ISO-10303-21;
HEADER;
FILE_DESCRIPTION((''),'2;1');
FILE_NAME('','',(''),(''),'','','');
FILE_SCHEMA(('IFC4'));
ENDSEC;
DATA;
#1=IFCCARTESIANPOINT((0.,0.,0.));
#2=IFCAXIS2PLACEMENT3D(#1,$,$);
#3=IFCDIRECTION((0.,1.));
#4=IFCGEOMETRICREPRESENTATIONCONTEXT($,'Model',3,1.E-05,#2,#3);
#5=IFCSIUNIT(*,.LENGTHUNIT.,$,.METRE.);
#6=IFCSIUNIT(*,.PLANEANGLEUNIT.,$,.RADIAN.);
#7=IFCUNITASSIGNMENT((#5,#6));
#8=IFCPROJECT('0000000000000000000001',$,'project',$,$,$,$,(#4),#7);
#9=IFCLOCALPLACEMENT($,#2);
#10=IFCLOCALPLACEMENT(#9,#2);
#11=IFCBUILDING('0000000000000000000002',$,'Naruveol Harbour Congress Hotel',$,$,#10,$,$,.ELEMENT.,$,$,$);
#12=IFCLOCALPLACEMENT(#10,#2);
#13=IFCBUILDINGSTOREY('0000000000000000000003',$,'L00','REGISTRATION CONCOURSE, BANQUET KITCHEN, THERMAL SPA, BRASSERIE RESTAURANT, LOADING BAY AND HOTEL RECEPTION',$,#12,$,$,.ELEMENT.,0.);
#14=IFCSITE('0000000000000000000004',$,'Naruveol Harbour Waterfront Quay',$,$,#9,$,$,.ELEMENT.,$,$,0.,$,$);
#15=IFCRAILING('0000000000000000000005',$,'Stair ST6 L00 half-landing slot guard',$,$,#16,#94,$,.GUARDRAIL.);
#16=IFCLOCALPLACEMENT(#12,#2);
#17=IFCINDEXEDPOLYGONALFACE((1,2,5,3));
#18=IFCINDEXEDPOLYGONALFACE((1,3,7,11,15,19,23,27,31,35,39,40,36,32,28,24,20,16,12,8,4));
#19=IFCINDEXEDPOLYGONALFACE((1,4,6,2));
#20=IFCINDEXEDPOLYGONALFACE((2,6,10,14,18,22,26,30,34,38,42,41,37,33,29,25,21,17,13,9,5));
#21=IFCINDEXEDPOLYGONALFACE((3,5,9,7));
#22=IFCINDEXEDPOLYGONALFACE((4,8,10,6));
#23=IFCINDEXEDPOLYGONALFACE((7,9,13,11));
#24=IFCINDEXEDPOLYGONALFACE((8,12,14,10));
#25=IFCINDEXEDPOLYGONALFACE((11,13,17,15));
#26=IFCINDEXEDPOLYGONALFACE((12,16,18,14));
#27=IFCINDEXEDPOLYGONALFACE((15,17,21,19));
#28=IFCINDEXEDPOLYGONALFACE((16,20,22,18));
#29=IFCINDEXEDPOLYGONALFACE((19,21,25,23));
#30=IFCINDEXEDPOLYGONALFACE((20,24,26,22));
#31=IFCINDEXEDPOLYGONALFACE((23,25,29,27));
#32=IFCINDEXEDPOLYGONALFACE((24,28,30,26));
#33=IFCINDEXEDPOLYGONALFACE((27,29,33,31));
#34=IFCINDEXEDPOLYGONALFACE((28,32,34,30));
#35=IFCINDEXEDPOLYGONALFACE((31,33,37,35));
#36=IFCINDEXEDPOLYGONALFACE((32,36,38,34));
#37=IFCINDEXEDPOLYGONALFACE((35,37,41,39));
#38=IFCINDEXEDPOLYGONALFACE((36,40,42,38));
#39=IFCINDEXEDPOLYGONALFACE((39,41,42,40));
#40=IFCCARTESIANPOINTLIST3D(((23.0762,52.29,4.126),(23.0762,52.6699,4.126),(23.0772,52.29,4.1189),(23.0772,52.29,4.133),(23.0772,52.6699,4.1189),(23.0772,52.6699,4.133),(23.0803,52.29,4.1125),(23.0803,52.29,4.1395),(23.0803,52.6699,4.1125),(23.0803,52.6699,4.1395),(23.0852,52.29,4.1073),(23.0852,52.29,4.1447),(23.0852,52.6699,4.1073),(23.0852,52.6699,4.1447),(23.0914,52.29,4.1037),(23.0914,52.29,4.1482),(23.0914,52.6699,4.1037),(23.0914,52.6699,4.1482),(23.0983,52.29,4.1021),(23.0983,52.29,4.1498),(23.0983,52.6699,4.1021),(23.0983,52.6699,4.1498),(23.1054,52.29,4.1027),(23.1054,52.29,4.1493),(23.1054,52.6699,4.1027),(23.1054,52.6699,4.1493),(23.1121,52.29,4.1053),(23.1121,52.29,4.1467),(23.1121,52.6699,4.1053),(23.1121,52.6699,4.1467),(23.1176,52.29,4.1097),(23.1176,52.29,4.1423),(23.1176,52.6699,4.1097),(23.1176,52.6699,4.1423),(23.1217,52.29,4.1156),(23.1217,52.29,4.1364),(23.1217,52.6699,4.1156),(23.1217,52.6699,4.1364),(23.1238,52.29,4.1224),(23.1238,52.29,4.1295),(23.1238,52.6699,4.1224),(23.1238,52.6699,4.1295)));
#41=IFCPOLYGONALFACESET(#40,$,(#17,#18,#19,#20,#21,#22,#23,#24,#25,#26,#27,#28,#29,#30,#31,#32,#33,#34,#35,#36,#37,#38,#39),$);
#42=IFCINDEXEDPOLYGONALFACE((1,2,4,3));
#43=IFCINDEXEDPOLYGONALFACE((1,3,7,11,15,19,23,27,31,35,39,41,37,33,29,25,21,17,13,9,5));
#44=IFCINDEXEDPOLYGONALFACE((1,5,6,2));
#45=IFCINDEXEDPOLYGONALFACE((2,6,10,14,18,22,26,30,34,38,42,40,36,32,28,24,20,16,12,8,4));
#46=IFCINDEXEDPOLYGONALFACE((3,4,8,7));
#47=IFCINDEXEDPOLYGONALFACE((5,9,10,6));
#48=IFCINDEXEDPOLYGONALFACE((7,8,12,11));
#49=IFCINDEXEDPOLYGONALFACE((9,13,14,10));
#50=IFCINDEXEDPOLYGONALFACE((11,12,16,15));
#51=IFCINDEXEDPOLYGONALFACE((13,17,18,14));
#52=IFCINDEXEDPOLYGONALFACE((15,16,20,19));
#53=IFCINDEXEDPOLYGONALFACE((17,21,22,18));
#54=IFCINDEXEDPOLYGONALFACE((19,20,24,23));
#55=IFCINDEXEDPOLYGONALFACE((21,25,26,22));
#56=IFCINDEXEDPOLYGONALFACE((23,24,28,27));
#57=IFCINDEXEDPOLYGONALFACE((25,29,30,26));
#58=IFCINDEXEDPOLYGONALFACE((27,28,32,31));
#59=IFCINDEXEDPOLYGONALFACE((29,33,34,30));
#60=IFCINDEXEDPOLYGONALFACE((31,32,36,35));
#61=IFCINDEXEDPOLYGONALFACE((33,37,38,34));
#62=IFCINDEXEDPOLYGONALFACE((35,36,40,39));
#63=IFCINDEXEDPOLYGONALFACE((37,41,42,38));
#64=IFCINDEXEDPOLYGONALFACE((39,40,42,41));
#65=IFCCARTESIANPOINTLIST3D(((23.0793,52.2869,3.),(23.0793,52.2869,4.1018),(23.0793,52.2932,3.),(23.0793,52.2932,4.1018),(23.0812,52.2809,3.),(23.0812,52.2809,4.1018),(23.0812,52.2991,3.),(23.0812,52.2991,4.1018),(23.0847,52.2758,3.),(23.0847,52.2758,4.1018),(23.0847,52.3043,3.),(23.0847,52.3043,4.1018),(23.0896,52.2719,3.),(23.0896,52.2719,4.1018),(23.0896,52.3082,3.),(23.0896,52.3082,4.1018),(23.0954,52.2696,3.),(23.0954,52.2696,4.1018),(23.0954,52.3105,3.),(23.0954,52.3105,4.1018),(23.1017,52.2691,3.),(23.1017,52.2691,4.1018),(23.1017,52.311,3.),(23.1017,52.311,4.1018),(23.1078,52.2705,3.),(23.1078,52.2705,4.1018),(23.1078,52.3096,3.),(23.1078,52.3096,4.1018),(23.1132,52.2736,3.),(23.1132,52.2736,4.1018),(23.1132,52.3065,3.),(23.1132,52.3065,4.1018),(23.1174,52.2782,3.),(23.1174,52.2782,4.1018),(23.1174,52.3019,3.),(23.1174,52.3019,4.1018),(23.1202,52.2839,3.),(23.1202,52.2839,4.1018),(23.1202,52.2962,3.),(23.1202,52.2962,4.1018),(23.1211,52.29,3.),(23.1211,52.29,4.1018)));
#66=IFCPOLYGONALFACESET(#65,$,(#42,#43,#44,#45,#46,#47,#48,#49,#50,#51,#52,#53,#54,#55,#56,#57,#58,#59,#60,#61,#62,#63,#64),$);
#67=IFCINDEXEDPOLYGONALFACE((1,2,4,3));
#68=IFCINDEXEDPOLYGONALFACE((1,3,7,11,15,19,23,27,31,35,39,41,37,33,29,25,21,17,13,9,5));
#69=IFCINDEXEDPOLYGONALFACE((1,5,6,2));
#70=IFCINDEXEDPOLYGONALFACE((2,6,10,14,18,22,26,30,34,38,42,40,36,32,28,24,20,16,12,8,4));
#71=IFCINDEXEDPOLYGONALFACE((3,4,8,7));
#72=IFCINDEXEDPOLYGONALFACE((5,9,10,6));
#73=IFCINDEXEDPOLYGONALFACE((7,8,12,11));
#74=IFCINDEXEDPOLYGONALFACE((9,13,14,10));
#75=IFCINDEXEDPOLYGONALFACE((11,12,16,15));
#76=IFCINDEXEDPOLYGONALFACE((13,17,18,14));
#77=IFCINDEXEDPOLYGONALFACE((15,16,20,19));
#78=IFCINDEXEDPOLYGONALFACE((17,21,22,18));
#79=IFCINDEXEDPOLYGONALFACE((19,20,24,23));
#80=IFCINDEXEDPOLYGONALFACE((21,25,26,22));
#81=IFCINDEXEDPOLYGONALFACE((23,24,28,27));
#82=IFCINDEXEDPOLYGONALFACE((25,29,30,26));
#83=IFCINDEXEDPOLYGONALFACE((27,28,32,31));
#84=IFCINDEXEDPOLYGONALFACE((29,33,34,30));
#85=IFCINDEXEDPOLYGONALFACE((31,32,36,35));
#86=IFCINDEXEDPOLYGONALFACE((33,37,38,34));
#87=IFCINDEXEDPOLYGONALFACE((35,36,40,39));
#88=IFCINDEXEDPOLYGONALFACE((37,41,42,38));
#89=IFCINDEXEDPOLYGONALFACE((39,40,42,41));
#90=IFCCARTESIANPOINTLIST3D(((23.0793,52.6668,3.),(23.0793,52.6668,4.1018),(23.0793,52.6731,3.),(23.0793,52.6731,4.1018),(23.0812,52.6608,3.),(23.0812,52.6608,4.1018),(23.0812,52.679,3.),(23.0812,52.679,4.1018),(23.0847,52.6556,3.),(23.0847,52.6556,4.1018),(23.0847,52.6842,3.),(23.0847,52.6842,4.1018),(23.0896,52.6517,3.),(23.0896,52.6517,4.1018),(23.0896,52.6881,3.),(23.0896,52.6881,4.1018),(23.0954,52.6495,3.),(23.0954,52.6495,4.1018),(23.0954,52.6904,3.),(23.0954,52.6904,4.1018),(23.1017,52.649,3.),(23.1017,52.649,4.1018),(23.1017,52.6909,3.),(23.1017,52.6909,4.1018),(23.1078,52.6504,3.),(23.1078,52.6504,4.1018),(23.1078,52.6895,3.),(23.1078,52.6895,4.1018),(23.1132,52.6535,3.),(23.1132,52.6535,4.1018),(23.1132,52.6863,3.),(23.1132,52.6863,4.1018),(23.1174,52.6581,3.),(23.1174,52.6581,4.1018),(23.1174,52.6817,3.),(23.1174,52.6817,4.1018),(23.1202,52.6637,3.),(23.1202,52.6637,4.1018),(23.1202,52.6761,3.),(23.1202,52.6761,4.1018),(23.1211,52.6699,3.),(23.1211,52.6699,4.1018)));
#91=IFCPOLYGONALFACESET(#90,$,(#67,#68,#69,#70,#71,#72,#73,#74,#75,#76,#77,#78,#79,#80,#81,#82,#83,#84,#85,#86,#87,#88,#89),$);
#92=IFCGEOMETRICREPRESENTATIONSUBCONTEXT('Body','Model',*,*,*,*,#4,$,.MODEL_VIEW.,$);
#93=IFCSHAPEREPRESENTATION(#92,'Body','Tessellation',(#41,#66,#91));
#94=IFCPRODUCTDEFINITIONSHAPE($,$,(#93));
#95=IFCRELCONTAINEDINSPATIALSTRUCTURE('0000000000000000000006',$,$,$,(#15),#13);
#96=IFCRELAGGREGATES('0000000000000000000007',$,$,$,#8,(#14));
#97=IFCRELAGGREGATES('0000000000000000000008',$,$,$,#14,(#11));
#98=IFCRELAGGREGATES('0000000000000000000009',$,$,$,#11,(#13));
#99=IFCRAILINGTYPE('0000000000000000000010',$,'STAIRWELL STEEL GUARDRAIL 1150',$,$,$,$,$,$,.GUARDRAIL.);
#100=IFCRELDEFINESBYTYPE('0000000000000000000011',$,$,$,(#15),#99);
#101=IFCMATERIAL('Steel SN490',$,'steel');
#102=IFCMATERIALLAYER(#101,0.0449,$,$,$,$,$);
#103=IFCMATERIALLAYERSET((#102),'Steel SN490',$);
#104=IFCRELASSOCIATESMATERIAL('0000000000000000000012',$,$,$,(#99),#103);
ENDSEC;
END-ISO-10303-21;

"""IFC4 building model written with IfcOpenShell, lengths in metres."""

from ifc_helpers import new_model, si_unit, direction, frame, origin, origin_2d, place, context, subcontext, project, spatial, circle, extrude, material, layer, layer_set, type_object, element, save


model = new_model("IFC4")

# Units and contexts
model_context = context("Model", 3, precision=1e-05, world=origin(), true_north=direction((0.0, 1.0)))
body_context = subcontext(model_context, "Body", "Model", "MODEL_VIEW")
ifc_project = project(units=[si_unit("LENGTHUNIT", "METRE"), si_unit("PLANEANGLEUNIT", "RADIAN")], contexts=[model_context])

# Site, building, storey
site_placement = place(None, origin())
site = spatial("IfcSite", under=ifc_project, at=site_placement, Name="Naruveol Harbour Waterfront Quay", CompositionType="ELEMENT", RefElevation=0.0)
building_placement = place(site_placement, origin())
building = spatial("IfcBuilding", under=site, at=building_placement, Name="Naruveol Harbour Congress Hotel", CompositionType="ELEMENT")
storey_placement = place(building_placement, origin())
storey = spatial("IfcBuildingStorey", under=building, at=storey_placement, Name="L00", Description="REGISTRATION CONCOURSE, BANQUET KITCHEN, THERMAL SPA, BRASSERIE RESTAURANT, LOADING BAY AND HOTEL RECEPTION", CompositionType="ELEMENT", Elevation=0.0)

# Railing
ifc_material_1 = material(Name="Steel SN490", Category="steel")
ifc_layer_1 = layer(ifc_material_1, 0.0449)
ifc_layer_set_1 = layer_set([ifc_layer_1], Name="Steel SN490")
railing_type_1 = type_object("IfcRailingType", Name="STAIRWELL STEEL GUARDRAIL 1150", PredefinedType="GUARDRAIL", material=ifc_layer_set_1)
railing_1_placement = place(storey_placement, frame((23.1001, 52.29, 3.0)))
element("IfcRailing", 1, at=railing_1_placement, inside=storey, type_object=railing_type_1, Name="Stair ST6 L00 half-landing slot guard", PredefinedType="GUARDRAIL", context=body_context, shape_type="SweptSolid", body=[
    extrude(circle(Radius=0.0239, at=origin_2d()), frame((0.0, 0.0, 1.126), z_axis=(0.0, 1.0, 0.0), x_axis=(-1.0, 0.0, 0.0)), (0.0, 0.0, 1.0), 0.3799),
    extrude(circle(Radius=0.021, at=origin_2d()), origin(), (0.0, 0.0, 1.0), 1.1018),
    extrude(circle(Radius=0.021, at=origin_2d()), frame((0.0, 0.3799, 0.0)), (0.0, 0.0, 1.0), 1.1018),
])

save(model, "model.ifc")
